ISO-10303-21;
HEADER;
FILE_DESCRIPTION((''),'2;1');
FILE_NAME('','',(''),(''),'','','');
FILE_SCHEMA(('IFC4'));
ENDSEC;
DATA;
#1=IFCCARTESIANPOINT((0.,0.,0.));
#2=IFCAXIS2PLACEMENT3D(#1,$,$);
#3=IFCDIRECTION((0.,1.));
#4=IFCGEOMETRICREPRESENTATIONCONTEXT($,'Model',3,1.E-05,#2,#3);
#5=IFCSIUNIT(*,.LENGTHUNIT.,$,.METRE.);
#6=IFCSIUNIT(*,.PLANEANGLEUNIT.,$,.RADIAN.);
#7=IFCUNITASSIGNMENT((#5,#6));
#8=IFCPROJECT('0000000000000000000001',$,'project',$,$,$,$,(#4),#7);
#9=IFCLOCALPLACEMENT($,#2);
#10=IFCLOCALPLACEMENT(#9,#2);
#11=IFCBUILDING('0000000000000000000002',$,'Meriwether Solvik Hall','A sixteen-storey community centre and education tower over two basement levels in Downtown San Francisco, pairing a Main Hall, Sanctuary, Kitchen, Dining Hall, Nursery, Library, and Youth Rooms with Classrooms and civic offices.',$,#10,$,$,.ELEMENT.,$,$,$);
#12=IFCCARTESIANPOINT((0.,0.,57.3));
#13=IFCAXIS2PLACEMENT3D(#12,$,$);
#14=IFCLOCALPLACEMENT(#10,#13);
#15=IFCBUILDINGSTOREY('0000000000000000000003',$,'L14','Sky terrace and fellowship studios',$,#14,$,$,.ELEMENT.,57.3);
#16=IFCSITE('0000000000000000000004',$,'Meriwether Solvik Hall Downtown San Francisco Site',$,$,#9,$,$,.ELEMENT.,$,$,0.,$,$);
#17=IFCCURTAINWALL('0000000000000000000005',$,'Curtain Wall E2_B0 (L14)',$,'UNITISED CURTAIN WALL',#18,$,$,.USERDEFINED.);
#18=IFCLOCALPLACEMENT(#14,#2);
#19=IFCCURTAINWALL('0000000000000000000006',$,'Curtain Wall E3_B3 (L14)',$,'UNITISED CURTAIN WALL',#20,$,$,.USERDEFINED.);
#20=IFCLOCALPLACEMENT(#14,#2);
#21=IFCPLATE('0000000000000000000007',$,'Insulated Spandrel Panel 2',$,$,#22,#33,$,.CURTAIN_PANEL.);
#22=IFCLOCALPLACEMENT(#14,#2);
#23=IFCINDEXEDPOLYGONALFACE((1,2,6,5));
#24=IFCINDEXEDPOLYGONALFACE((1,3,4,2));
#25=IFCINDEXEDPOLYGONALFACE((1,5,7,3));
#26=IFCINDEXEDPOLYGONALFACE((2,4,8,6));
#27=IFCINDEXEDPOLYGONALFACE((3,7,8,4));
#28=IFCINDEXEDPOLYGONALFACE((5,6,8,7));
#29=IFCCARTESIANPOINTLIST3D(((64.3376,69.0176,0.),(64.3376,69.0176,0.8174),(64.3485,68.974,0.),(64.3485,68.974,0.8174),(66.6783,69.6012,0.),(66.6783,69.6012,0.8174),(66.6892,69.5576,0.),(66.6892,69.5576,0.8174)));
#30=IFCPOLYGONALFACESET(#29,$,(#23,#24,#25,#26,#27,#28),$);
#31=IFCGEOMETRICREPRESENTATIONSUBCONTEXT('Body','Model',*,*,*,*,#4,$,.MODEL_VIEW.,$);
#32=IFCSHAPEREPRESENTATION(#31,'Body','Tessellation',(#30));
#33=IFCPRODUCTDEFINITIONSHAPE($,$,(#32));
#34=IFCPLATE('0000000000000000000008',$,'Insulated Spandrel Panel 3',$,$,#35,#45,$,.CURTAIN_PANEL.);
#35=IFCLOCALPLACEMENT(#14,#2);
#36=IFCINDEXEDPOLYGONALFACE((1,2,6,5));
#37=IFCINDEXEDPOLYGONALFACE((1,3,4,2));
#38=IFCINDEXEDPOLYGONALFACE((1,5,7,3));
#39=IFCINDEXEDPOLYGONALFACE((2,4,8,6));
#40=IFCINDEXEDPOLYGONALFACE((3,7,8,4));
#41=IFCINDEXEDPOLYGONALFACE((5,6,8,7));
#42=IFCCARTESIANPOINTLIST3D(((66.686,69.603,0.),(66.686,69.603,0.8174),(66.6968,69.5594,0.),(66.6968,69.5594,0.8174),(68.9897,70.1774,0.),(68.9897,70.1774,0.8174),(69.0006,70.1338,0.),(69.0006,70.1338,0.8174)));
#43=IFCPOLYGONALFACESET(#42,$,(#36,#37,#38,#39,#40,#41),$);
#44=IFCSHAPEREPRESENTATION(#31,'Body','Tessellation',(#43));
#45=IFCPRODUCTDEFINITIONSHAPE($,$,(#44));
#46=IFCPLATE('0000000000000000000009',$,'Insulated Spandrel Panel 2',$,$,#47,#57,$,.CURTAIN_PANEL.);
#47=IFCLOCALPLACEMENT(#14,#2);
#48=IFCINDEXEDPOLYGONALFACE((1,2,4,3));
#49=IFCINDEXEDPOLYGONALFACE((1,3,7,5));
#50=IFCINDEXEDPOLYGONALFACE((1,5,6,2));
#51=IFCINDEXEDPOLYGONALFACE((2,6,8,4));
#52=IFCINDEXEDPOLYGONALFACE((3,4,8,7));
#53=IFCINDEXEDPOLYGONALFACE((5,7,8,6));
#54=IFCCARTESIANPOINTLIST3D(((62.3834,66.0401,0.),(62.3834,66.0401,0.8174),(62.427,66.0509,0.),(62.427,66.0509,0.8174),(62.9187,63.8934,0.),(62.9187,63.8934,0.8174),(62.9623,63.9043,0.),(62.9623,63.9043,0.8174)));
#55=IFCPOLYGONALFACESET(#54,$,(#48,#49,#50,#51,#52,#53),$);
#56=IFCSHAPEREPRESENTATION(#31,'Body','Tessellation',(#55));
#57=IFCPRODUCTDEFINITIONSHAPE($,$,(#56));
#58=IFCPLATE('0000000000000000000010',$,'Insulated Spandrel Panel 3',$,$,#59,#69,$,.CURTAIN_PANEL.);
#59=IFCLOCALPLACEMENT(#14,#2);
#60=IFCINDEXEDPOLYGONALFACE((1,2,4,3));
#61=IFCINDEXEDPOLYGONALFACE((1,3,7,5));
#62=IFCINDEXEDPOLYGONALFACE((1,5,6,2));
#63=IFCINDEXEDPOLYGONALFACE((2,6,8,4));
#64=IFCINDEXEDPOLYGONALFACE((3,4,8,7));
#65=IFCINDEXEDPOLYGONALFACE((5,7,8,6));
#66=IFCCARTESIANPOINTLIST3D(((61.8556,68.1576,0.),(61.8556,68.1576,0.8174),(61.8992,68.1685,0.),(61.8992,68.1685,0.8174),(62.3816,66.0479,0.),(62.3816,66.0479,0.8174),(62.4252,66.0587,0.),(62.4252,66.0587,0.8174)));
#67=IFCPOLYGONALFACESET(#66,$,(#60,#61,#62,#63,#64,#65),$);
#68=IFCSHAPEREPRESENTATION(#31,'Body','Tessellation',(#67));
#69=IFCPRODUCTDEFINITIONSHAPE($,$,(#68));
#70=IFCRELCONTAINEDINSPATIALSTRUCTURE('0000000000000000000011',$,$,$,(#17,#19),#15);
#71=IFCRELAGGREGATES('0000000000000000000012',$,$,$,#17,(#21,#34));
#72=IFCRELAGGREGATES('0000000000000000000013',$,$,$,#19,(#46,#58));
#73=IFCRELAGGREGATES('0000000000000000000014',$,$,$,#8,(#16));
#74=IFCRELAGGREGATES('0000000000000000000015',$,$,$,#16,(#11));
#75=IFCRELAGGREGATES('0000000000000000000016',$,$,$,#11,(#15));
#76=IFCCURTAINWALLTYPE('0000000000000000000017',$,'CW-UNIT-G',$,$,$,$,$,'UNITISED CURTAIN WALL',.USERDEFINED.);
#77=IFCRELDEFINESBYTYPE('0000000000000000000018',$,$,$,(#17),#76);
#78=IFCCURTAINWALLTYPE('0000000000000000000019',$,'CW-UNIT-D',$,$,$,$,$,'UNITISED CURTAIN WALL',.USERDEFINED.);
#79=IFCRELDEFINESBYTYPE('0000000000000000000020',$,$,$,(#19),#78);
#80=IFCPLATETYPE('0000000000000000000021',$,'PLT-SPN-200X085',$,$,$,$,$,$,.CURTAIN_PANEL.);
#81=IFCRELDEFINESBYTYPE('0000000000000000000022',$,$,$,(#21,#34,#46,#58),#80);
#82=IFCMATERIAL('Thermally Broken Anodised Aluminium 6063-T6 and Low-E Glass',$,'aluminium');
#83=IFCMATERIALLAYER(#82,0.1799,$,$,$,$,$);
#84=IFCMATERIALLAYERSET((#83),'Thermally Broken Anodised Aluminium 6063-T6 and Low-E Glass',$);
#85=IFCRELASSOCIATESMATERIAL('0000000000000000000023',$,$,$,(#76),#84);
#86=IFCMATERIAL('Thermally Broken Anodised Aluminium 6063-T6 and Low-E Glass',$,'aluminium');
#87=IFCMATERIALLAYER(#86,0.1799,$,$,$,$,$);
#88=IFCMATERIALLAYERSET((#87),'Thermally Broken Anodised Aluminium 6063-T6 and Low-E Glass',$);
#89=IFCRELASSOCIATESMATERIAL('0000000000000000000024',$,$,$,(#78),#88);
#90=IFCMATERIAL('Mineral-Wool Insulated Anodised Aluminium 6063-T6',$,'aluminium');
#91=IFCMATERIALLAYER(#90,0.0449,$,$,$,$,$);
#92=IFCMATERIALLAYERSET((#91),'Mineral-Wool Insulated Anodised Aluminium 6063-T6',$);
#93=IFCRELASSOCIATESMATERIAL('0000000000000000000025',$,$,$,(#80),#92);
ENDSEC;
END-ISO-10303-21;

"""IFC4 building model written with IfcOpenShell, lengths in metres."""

from ifc_helpers import new_model, si_unit, direction, frame, origin, origin_2d, place, context, subcontext, project, spatial, rectangle, extrude, material, layer, layer_set, type_object, element, aggregate, save


model = new_model("IFC4")

# Units and contexts
model_context = context("Model", 3, precision=1e-05, world=origin(), true_north=direction((0.0, 1.0)))
body_context = subcontext(model_context, "Body", "Model", "MODEL_VIEW")
ifc_project = project(units=[si_unit("LENGTHUNIT", "METRE"), si_unit("PLANEANGLEUNIT", "RADIAN")], contexts=[model_context])

# Site, building, storey
site_placement = place(None, origin())
site = spatial("IfcSite", under=ifc_project, at=site_placement, Name="Meriwether Solvik Hall Downtown San Francisco Site", CompositionType="ELEMENT", RefElevation=0.0)
building_placement = place(site_placement, origin())
building = spatial("IfcBuilding", under=site, at=building_placement, Name="Meriwether Solvik Hall", Description="A sixteen-storey community centre and education tower over two basement levels in Downtown San Francisco, pairing a Main Hall, Sanctuary, Kitchen, Dining Hall, Nursery, Library, and Youth Rooms with Classrooms and civic offices.", CompositionType="ELEMENT")
storey_placement = place(building_placement, frame((0.0, 0.0, 57.3)))
storey = spatial("IfcBuildingStorey", under=building, at=storey_placement, Name="L14", Description="Sky terrace and fellowship studios", CompositionType="ELEMENT", Elevation=57.3)

# Curtain walls
ifc_material_1 = material(Name="Thermally Broken Anodised Aluminium 6063-T6 and Low-E Glass", Category="aluminium")
ifc_layer_1 = layer(ifc_material_1, 0.1799)
ifc_layer_set_1 = layer_set([ifc_layer_1], Name="Thermally Broken Anodised Aluminium 6063-T6 and Low-E Glass")
curtain_wall_type_1 = type_object("IfcCurtainWallType", Name="CW-UNIT-G", ElementType="UNITISED CURTAIN WALL", PredefinedType="USERDEFINED", material=ifc_layer_set_1)
curtain_wall_1_placement = place(storey_placement, origin())
curtain_wall_1 = element("IfcCurtainWall", 1, at=curtain_wall_1_placement, inside=storey, type_object=curtain_wall_type_1, Name="Curtain Wall E2_B0 (L14)", ObjectType="UNITISED CURTAIN WALL", PredefinedType="USERDEFINED")
ifc_material_2 = material(Name="Thermally Broken Anodised Aluminium 6063-T6 and Low-E Glass", Category="aluminium")
ifc_layer_2 = layer(ifc_material_2, 0.1799)
ifc_layer_set_2 = layer_set([ifc_layer_2], Name="Thermally Broken Anodised Aluminium 6063-T6 and Low-E Glass")
curtain_wall_type_2 = type_object("IfcCurtainWallType", Name="CW-UNIT-D", ElementType="UNITISED CURTAIN WALL", PredefinedType="USERDEFINED", material=ifc_layer_set_2)
curtain_wall_2_placement = place(storey_placement, origin())
curtain_wall_2 = element("IfcCurtainWall", 2, at=curtain_wall_2_placement, inside=storey, type_object=curtain_wall_type_2, Name="Curtain Wall E3_B3 (L14)", ObjectType="UNITISED CURTAIN WALL", PredefinedType="USERDEFINED")

# Plates
ifc_material_3 = material(Name="Mineral-Wool Insulated Anodised Aluminium 6063-T6", Category="aluminium")
ifc_layer_3 = layer(ifc_material_3, 0.0449)
ifc_layer_set_3 = layer_set([ifc_layer_3], Name="Mineral-Wool Insulated Anodised Aluminium 6063-T6")
plate_type_1 = type_object("IfcPlateType", Name="PLT-SPN-200X085", PredefinedType="CURTAIN_PANEL", material=ifc_layer_set_3)
plate_1_placement = place(storey_placement, frame((65.5134, 69.2876, 0.0), z_axis=(0.0, 0.0, 1.0), x_axis=(0.970296, 0.241922, 0.0)))
plate_1 = element("IfcPlate", 3, at=plate_1_placement, type_object=plate_type_1, Name="Insulated Spandrel Panel 2", PredefinedType="CURTAIN_PANEL", context=body_context, shape_type="SweptSolid", body=[
    extrude(rectangle(XDim=2.4124, YDim=0.0449, at=origin_2d()), origin(), (0.0, 0.0, 1.0), 0.8174),
])
plate_2_placement = place(storey_placement, frame((67.8433, 69.8684, 0.0), z_axis=(0.0, 0.0, 1.0), x_axis=(0.970296, 0.241922, 0.0)))
plate_2 = element("IfcPlate", 4, at=plate_2_placement, type_object=plate_type_1, Name="Insulated Spandrel Panel 3", PredefinedType="CURTAIN_PANEL", context=body_context, shape_type="SweptSolid", body=[
    extrude(rectangle(XDim=2.3743, YDim=0.0449, at=origin_2d()), origin(), (0.0, 0.0, 1.0), 0.8174),
])
aggregate(curtain_wall_1, [plate_1, plate_2])
plate_3_placement = place(storey_placement, frame((62.6729, 64.9722, 0.0), z_axis=(0.0, 0.0, 1.0), x_axis=(-0.241922, 0.970296, 0.0)))
plate_3 = element("IfcPlate", 5, at=plate_3_placement, type_object=plate_type_1, Name="Insulated Spandrel Panel 2", PredefinedType="CURTAIN_PANEL", context=body_context, shape_type="SweptSolid", body=[
    extrude(rectangle(XDim=2.2124, YDim=0.0449, at=origin_2d()), origin(), (0.0, 0.0, 1.0), 0.8174),
])
plate_4_placement = place(storey_placement, frame((62.1404, 67.1082, 0.0), z_axis=(0.0, 0.0, 1.0), x_axis=(-0.241922, 0.970296, 0.0)))
plate_4 = element("IfcPlate", 6, at=plate_4_placement, type_object=plate_type_1, Name="Insulated Spandrel Panel 3", PredefinedType="CURTAIN_PANEL", context=body_context, shape_type="SweptSolid", body=[
    extrude(rectangle(XDim=2.1743, YDim=0.0449, at=origin_2d()), origin(), (0.0, 0.0, 1.0), 0.8174),
])
aggregate(curtain_wall_2, [plate_3, plate_4])

save(model, "model.ifc")
